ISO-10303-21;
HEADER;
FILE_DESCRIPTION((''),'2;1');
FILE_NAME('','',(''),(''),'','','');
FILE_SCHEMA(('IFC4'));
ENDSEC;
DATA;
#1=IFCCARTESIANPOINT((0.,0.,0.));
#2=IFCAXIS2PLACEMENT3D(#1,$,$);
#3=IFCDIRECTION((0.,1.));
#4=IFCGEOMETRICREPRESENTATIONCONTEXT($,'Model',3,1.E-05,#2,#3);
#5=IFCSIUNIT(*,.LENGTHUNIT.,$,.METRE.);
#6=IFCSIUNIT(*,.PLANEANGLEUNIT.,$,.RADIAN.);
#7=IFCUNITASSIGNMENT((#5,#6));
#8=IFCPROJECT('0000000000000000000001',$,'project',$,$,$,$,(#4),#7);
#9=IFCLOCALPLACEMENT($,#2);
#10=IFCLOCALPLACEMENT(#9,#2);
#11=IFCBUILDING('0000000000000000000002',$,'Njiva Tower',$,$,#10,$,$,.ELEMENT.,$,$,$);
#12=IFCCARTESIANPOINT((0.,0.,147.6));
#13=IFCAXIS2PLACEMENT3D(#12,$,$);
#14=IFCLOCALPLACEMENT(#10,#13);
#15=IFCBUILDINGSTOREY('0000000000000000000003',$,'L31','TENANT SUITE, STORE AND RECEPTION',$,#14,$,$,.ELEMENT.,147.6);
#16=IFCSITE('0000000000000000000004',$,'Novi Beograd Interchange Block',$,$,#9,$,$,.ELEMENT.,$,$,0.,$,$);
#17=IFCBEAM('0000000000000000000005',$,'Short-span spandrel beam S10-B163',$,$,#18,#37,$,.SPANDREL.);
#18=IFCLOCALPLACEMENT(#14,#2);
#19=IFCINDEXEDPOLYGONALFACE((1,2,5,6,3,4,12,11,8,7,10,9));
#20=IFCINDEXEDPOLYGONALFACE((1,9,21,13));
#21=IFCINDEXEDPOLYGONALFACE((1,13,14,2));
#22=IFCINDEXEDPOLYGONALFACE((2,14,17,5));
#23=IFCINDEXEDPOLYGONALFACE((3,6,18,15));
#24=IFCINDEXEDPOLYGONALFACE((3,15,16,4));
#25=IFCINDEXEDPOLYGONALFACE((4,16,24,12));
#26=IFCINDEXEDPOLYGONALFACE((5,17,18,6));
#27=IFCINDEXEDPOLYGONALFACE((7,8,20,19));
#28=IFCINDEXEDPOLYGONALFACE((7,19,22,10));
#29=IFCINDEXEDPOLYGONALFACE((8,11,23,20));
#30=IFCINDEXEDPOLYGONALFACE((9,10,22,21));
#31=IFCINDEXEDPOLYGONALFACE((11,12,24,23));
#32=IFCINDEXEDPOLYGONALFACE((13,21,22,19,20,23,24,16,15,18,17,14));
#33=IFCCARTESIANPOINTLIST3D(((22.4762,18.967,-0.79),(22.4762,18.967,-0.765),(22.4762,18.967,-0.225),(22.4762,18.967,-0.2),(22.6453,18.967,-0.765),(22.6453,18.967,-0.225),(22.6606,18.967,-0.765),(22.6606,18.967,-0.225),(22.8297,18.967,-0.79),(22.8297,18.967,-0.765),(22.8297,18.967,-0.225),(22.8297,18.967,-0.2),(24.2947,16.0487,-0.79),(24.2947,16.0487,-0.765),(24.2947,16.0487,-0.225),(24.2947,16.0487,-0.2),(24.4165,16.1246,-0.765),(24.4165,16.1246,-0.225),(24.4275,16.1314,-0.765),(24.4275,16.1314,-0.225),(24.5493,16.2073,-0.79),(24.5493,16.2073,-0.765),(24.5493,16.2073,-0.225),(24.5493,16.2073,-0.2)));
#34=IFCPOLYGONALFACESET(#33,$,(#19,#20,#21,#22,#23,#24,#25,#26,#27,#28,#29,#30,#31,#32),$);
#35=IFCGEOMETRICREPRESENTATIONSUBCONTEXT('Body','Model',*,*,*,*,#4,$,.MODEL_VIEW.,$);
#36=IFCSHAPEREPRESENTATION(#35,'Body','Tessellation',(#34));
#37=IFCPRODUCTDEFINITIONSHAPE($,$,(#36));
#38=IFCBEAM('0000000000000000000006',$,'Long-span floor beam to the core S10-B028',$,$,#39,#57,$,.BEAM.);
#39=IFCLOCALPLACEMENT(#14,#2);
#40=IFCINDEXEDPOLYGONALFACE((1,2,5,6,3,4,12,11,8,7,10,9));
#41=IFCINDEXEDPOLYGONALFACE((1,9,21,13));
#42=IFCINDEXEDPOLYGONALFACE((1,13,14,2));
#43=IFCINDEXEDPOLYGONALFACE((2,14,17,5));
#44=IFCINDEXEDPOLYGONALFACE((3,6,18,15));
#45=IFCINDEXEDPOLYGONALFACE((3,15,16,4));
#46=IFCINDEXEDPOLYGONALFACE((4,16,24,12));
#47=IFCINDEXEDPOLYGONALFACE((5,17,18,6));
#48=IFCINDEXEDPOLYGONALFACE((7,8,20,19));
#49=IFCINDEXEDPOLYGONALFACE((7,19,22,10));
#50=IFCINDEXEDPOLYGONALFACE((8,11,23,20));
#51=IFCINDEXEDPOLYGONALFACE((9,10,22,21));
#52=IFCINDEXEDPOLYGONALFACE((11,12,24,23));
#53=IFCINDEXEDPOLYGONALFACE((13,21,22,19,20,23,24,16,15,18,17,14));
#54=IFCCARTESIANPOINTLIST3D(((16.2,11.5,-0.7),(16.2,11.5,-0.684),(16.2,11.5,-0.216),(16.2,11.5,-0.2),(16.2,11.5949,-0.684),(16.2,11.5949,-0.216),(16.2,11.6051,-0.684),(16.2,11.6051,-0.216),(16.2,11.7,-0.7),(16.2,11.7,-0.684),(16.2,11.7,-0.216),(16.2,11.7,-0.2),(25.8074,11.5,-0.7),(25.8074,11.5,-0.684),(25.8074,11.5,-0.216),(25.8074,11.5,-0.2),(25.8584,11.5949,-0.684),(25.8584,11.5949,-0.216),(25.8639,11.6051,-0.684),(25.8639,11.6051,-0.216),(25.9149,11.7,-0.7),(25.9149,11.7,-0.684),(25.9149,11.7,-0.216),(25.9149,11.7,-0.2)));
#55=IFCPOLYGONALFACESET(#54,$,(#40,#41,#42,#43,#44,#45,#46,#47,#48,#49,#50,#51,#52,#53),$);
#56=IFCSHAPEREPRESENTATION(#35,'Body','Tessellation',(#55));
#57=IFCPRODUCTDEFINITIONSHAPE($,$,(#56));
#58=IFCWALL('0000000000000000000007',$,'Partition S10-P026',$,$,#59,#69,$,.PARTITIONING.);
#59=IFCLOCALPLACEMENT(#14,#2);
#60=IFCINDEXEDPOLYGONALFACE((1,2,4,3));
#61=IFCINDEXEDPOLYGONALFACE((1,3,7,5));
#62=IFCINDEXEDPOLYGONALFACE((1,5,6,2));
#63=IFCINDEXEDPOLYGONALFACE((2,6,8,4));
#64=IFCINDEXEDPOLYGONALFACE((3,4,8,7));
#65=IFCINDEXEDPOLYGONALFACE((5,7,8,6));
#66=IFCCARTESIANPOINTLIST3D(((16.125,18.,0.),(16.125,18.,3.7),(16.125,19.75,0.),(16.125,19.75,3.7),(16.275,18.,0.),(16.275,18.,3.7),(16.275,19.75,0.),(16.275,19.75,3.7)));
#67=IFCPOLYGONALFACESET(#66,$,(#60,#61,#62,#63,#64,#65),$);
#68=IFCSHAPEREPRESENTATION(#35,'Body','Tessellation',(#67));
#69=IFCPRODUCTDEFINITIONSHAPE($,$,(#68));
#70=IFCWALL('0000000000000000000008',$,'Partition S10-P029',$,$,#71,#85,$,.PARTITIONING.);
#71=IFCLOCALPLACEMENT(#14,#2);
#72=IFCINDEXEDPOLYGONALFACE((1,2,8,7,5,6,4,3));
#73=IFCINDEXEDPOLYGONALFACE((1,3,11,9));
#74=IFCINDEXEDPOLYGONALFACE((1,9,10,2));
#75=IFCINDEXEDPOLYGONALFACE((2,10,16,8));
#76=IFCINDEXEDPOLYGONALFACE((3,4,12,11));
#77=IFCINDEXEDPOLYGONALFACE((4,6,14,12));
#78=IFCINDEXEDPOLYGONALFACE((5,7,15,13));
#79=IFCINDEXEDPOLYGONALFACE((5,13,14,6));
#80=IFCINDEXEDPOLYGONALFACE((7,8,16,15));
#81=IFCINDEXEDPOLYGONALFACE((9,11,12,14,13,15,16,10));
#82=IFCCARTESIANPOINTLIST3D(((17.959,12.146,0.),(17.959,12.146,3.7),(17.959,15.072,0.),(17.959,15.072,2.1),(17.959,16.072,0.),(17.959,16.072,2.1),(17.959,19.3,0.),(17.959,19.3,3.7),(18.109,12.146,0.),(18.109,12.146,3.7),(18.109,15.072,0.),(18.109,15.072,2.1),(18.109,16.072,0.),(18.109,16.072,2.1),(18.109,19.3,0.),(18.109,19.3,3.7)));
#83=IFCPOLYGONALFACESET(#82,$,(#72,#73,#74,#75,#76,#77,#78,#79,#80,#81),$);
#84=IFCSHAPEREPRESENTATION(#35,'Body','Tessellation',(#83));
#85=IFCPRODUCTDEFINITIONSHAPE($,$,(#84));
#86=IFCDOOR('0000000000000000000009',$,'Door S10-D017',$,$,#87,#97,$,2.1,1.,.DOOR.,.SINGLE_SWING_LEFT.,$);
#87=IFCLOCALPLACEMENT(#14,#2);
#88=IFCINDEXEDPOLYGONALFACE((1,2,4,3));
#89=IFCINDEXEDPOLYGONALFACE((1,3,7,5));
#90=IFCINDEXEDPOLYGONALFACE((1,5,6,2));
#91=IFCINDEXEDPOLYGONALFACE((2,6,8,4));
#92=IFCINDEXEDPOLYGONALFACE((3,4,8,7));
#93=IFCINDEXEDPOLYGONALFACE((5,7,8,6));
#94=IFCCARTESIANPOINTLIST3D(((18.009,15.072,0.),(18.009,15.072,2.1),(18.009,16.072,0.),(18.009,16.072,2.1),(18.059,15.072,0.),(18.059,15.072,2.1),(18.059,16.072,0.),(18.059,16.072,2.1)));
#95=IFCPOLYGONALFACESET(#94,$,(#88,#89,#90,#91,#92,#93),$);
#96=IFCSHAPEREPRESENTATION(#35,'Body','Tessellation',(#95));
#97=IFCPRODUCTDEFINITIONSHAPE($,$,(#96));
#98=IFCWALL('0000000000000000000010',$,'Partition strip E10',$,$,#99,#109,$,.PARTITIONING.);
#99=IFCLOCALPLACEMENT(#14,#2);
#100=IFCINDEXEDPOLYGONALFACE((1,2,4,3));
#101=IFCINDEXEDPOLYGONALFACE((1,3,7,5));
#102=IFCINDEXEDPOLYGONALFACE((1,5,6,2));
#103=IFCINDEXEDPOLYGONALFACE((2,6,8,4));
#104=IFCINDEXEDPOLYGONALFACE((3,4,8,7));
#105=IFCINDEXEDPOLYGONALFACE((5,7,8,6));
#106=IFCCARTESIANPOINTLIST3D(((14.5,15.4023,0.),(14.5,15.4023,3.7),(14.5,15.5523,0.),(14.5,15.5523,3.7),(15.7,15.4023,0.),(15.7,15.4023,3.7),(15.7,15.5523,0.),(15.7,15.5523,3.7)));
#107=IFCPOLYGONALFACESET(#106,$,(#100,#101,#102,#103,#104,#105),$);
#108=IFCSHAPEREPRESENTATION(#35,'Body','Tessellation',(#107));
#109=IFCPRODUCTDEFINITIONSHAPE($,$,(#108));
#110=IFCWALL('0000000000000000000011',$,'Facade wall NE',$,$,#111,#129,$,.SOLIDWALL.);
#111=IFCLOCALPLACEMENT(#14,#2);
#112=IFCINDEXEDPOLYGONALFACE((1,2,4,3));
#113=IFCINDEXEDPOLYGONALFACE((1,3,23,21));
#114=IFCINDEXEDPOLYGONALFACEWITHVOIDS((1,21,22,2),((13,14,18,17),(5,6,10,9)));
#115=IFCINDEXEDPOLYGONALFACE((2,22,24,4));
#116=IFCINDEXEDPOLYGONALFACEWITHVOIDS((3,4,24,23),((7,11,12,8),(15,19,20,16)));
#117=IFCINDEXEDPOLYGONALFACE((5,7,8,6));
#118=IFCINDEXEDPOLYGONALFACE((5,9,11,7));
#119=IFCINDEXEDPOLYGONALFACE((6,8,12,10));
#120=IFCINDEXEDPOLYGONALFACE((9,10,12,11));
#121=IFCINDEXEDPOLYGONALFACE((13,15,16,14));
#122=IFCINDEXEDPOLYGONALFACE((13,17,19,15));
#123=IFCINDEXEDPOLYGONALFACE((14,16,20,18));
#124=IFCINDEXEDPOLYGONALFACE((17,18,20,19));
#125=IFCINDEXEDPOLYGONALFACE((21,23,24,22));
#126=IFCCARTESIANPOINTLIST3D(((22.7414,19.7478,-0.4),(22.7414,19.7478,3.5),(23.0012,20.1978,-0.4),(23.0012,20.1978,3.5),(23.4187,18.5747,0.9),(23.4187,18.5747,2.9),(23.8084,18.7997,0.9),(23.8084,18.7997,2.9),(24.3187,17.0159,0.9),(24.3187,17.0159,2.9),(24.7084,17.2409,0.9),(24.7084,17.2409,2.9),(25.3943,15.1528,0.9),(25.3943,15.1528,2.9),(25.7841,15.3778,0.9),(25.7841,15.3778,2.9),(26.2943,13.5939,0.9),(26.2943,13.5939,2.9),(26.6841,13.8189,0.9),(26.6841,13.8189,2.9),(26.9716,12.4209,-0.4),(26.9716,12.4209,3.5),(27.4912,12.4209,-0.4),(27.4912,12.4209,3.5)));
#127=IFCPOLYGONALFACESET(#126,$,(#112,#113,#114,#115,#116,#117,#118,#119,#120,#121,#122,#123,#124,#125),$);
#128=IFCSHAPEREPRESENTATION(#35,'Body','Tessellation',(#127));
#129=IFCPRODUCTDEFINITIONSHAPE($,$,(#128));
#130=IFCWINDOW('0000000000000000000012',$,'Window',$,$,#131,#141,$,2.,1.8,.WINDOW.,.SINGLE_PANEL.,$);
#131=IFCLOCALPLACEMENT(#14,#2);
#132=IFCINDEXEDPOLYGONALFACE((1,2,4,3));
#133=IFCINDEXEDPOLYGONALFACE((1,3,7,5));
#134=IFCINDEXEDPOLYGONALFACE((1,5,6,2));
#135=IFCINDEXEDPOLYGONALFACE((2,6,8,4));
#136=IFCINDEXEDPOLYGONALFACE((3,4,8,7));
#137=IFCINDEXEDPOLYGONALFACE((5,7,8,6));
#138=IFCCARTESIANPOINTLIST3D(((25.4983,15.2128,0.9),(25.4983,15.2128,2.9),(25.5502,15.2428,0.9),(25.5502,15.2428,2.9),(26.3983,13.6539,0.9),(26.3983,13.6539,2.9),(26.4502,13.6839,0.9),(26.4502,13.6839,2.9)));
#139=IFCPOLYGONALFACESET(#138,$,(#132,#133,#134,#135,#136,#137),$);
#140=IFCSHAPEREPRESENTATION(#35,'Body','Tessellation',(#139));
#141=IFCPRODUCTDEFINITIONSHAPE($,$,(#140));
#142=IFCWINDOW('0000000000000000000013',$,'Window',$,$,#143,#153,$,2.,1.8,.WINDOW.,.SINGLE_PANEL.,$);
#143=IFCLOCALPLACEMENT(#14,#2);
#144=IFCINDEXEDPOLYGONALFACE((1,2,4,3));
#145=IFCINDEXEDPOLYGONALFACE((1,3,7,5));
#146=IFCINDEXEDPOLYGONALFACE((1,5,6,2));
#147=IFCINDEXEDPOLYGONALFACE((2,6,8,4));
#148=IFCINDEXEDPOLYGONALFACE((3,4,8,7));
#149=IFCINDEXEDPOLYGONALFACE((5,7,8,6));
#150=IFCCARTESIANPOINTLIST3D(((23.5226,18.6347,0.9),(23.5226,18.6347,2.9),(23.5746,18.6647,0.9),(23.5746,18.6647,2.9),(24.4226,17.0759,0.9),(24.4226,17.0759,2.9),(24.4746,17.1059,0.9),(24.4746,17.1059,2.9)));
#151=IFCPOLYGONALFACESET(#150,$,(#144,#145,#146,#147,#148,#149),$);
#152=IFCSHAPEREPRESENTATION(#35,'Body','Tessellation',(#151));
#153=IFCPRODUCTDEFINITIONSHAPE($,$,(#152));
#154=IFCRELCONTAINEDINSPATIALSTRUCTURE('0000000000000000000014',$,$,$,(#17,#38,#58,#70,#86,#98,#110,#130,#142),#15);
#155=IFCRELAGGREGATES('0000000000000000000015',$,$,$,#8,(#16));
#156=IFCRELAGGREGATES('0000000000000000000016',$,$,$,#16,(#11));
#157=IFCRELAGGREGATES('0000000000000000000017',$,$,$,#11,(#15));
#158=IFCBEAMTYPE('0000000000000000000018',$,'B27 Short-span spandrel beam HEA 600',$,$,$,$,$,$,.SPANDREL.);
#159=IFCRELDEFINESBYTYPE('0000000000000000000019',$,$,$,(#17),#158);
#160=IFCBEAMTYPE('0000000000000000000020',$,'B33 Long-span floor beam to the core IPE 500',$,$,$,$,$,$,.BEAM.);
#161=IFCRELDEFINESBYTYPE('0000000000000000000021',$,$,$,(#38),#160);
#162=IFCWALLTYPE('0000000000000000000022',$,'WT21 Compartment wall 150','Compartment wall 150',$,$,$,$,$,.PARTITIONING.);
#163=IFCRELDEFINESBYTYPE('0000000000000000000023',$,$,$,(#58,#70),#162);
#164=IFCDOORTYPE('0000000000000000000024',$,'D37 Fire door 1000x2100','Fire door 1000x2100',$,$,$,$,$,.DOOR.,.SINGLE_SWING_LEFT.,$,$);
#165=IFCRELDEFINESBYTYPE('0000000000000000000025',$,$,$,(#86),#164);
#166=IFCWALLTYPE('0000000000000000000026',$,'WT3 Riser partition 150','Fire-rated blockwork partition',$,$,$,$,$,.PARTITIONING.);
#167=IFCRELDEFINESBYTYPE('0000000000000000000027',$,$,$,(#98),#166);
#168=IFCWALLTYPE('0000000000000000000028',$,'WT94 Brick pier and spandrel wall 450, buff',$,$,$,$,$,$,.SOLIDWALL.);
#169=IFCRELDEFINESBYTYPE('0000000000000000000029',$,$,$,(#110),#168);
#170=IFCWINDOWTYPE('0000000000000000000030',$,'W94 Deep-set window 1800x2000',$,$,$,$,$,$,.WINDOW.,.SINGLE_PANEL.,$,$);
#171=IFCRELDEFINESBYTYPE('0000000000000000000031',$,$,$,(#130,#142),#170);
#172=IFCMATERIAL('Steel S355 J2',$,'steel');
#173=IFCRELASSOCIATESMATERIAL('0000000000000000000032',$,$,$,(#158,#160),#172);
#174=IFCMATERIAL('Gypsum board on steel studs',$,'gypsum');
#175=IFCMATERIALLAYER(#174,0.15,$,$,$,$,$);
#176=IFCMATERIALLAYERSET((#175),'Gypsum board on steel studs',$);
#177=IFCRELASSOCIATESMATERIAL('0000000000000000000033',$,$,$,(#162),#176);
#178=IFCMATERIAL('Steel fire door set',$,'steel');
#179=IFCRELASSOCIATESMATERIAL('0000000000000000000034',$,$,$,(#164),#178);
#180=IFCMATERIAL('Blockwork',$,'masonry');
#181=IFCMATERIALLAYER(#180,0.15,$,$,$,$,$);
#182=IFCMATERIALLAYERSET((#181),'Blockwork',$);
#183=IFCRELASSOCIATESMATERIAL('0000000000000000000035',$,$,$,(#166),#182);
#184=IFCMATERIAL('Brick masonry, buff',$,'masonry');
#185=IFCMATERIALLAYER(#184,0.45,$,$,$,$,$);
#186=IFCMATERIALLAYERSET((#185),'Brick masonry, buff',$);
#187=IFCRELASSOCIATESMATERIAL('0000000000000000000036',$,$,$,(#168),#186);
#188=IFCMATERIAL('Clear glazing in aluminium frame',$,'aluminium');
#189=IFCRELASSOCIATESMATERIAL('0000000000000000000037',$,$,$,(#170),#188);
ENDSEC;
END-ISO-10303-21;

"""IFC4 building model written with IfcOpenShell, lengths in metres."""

from ifc_helpers import new_model, si_unit, direction, frame, frame_2d, origin, origin_2d, place, context, subcontext, project, spatial, polyline, rectangle, i_section, outline, extrude, clip, halfspace, material, layer, layer_set, material_profile, profile_set, type_object, element, fill, save


model = new_model("IFC4")

# Units and contexts
model_context = context("Model", 3, precision=1e-05, world=origin(), true_north=direction((0.0, 1.0)))
body_context = subcontext(model_context, "Body", "Model", "MODEL_VIEW")
ifc_project = project(units=[si_unit("LENGTHUNIT", "METRE"), si_unit("PLANEANGLEUNIT", "RADIAN")], contexts=[model_context])

# Site, building, storey
site_placement = place(None, origin())
site = spatial("IfcSite", under=ifc_project, at=site_placement, Name="Novi Beograd Interchange Block", CompositionType="ELEMENT", RefElevation=0.0)
building_placement = place(site_placement, origin())
building = spatial("IfcBuilding", under=site, at=building_placement, Name="Njiva Tower", CompositionType="ELEMENT")
storey_placement = place(building_placement, frame((0.0, 0.0, 147.6)))
storey = spatial("IfcBuildingStorey", under=building, at=storey_placement, Name="L31", Description="TENANT SUITE, STORE AND RECEPTION", CompositionType="ELEMENT", Elevation=147.6)

# Shared definitions
ifc_material_1 = material(Name="Steel S355 J2", Category="steel")

# Beams
ifc_material_profile_1 = material_profile(ifc_material_1, i_section(OverallWidth=0.3, OverallDepth=0.59, WebThickness=0.013, FlangeThickness=0.025, at=origin_2d()), Name="HEA 600")
ifc_profile_set_1 = profile_set([ifc_material_profile_1], Name="Steel S355 J2")
beam_type_1 = type_object("IfcBeamType", Name="B27 Short-span spandrel beam HEA 600", PredefinedType="SPANDREL", material=ifc_profile_set_1)
beam_1_placement = place(storey_placement, frame((24.422, 16.128, -0.495), z_axis=(-0.528843, 0.84872, 0.0), x_axis=(-0.84872, -0.528843, 0.0)))
element("IfcBeam", 1, at=beam_1_placement, inside=storey, type_object=beam_type_1, Name="Short-span spandrel beam S10-B163", PredefinedType="SPANDREL", context=body_context, shape_type="Clipping", body=[
    clip(extrude(i_section(OverallWidth=0.3, OverallDepth=0.59, WebThickness=0.013, FlangeThickness=0.025, at=origin_2d()), origin(), (0.0, 0.0, 1.0), 3.458), halfspace(frame((-0.0266, 0.0, 3.3285), z_axis=(-0.528843, 0.0, 0.84872), x_axis=(0.0, 1.0, 0.0)), False)),
])
ifc_material_profile_2 = material_profile(ifc_material_1, i_section(OverallWidth=0.2, OverallDepth=0.5, WebThickness=0.0102, FlangeThickness=0.016, at=origin_2d()), Name="IPE 500")
ifc_profile_set_2 = profile_set([ifc_material_profile_2], Name="Steel S355 J2")
beam_type_2 = type_object("IfcBeamType", Name="B33 Long-span floor beam to the core IPE 500", PredefinedType="BEAM", material=ifc_profile_set_2)
beam_2_placement = place(storey_placement, frame((16.2, 11.6, -0.45), z_axis=(1.0, 0.0, 0.0), x_axis=(0.0, 1.0, 0.0)))
element("IfcBeam", 2, at=beam_2_placement, inside=storey, type_object=beam_type_2, Name="Long-span floor beam to the core S10-B028", PredefinedType="BEAM", context=body_context, shape_type="Clipping", body=[
    clip(extrude(i_section(OverallWidth=0.2, OverallDepth=0.5, WebThickness=0.0102, FlangeThickness=0.016, at=origin_2d()), origin(), (0.0, 0.0, 1.0), 9.735), halfspace(frame((-0.0237, 0.0, 9.6484), z_axis=(-0.473777, 0.0, 0.880645), x_axis=(0.0, 1.0, 0.0)), False)),
])

# Wall
ifc_material_2 = material(Name="Gypsum board on steel studs", Category="gypsum")
ifc_layer_1 = layer(ifc_material_2, 0.15)
ifc_layer_set_1 = layer_set([ifc_layer_1], Name="Gypsum board on steel studs")
wall_type_1 = type_object("IfcWallType", Name="WT21 Compartment wall 150", Description="Compartment wall 150", PredefinedType="PARTITIONING", material=ifc_layer_set_1)
wall_1_placement = place(storey_placement, frame((16.2, 18.0, 0.0), z_axis=(0.0, 0.0, 1.0), x_axis=(0.0, 1.0, 0.0)))
element("IfcWall", 3, at=wall_1_placement, inside=storey, type_object=wall_type_1, Name="Partition S10-P026", PredefinedType="PARTITIONING", context=body_context, shape_type="SweptSolid", body=[
    extrude(rectangle(XDim=1.75, YDim=0.15, at=frame_2d((0.875, 0.0))), origin(), (0.0, 0.0, 1.0), 3.7),
])

# Wall, opening, door
wall_2_placement = place(storey_placement, frame((18.034, 12.146, 0.0), z_axis=(0.0, 0.0, 1.0), x_axis=(0.0, 1.0, 0.0)))
wall_2 = element("IfcWall", 4, at=wall_2_placement, inside=storey, type_object=wall_type_1, Name="Partition S10-P029", PredefinedType="PARTITIONING", context=body_context, shape_type="SweptSolid", body=[
    extrude(rectangle(XDim=7.154, YDim=0.15, at=frame_2d((3.577, 0.0))), origin(), (0.0, 0.0, 1.0), 3.7),
])
opening_1_placement = place(wall_2_placement, frame((2.926, 0.0, 0.0)))
opening_1 = element("IfcOpeningElement", 5, at=opening_1_placement, cuts=wall_2, PredefinedType="OPENING", context=body_context, shape_type="SweptSolid", body=[
    extrude(rectangle(XDim=1.0, YDim=2.1, at=frame_2d((0.5, 1.05))), frame((0.0, 0.085, 0.0), z_axis=(0.0, -1.0, 0.0), x_axis=(1.0, 0.0, 0.0)), (0.0, 0.0, 1.0), 0.17),
])
ifc_material_3 = material(Name="Steel fire door set", Category="steel")
door_type = type_object("IfcDoorType", Name="D37 Fire door 1000x2100", Description="Fire door 1000x2100", OperationType="SINGLE_SWING_LEFT", PredefinedType="DOOR", material=ifc_material_3)
door_placement = place(opening_1_placement, origin())
door = element("IfcDoor", 6, at=door_placement, inside=storey, type_object=door_type, Name="Door S10-D017", OperationType="SINGLE_SWING_LEFT", OverallHeight=2.1, OverallWidth=1.0, PredefinedType="DOOR", context=body_context, shape_type="SweptSolid", body=[
    extrude(rectangle(XDim=1.0, YDim=2.1, at=frame_2d((0.5, 1.05))), frame((0.0, 0.025, 0.0), z_axis=(0.0, -1.0, 0.0), x_axis=(1.0, 0.0, 0.0)), (0.0, 0.0, 1.0), 0.05),
])
fill(opening_1, door)

# Wall
ifc_material_4 = material(Name="Blockwork", Category="masonry")
ifc_layer_2 = layer(ifc_material_4, 0.15)
ifc_layer_set_2 = layer_set([ifc_layer_2], Name="Blockwork")
wall_type_2 = type_object("IfcWallType", Name="WT3 Riser partition 150", Description="Fire-rated blockwork partition", PredefinedType="PARTITIONING", material=ifc_layer_set_2)
wall_3_placement = place(storey_placement, frame((14.5, 15.4773, 0.0), z_axis=(0.0, 0.0, 1.0), x_axis=(1.0, 0.0, 0.0)))
element("IfcWall", 7, at=wall_3_placement, inside=storey, type_object=wall_type_2, Name="Partition strip E10", PredefinedType="PARTITIONING", context=body_context, shape_type="SweptSolid", body=[
    extrude(rectangle(XDim=1.2, YDim=0.15, at=frame_2d((0.6, 0.0))), origin(), (0.0, 0.0, 1.0), 3.7),
])

# Wall, openings, windows
ifc_material_5 = material(Name="Clear glazing in aluminium frame", Category="aluminium")
ifc_material_6 = material(Name="Brick masonry, buff", Category="masonry")
ifc_layer_3 = layer(ifc_material_6, 0.45)
ifc_layer_set_3 = layer_set([ifc_layer_3], Name="Brick masonry, buff")
wall_type_3 = type_object("IfcWallType", Name="WT94 Brick pier and spandrel wall 450, buff", PredefinedType="SOLIDWALL", material=ifc_layer_set_3)
wall_4_placement = place(storey_placement, frame((27.2314, 12.4209, -0.4), z_axis=(0.0, 0.0, 1.0), x_axis=(-0.500001, 0.866025, 0.0)))
wall_4 = element("IfcWall", 8, at=wall_4_placement, inside=storey, type_object=wall_type_3, Name="Facade wall NE", PredefinedType="SOLIDWALL", context=body_context, shape_type="SweptSolid", body=[
    extrude(outline(polyline([(-0.1299, -0.225), (8.8501, -0.225), (8.5903, 0.225), (0.1299, 0.225), (-0.1299, -0.225)])), origin(), (0.0, 0.0, 1.0), 3.9),
])
opening_2_placement = place(wall_4_placement, frame((1.4844, 0.0, 1.3)))
opening_2 = element("IfcOpeningElement", 9, at=opening_2_placement, cuts=wall_4, PredefinedType="OPENING", context=body_context, shape_type="SweptSolid", body=[
    extrude(rectangle(XDim=1.8, YDim=2.0, at=frame_2d((0.9, 1.0))), frame((0.0, 0.235, 0.0), z_axis=(0.0, -1.0, 0.0), x_axis=(1.0, 0.0, 0.0)), (0.0, 0.0, 1.0), 0.47),
])
opening_3_placement = place(wall_4_placement, frame((5.4357, 0.0, 1.3)))
opening_3 = element("IfcOpeningElement", 10, at=opening_3_placement, cuts=wall_4, PredefinedType="OPENING", context=body_context, shape_type="SweptSolid", body=[
    extrude(rectangle(XDim=1.8, YDim=2.0, at=frame_2d((0.9, 1.0))), frame((0.0, 0.235, 0.0), z_axis=(0.0, -1.0, 0.0), x_axis=(1.0, 0.0, 0.0)), (0.0, 0.0, 1.0), 0.47),
])
window_type_1 = type_object("IfcWindowType", Name="W94 Deep-set window 1800x2000", PartitioningType="SINGLE_PANEL", PredefinedType="WINDOW", material=ifc_material_5)
window_1_placement = place(opening_2_placement, origin())
window_1 = element("IfcWindow", 11, at=window_1_placement, inside=storey, type_object=window_type_1, Name="Window", OverallHeight=2.0, OverallWidth=1.8, PartitioningType="SINGLE_PANEL", PredefinedType="WINDOW", context=body_context, shape_type="SweptSolid", body=[
    extrude(rectangle(XDim=1.8, YDim=2.0, at=frame_2d((0.9, 1.0))), frame((0.0, 0.105, 0.0), z_axis=(0.0, -1.0, 0.0), x_axis=(1.0, 0.0, 0.0)), (0.0, 0.0, 1.0), 0.06),
])
fill(opening_2, window_1)
window_2_placement = place(opening_3_placement, origin())
window_2 = element("IfcWindow", 12, at=window_2_placement, inside=storey, type_object=window_type_1, Name="Window", OverallHeight=2.0, OverallWidth=1.8, PartitioningType="SINGLE_PANEL", PredefinedType="WINDOW", context=body_context, shape_type="SweptSolid", body=[
    extrude(rectangle(XDim=1.8, YDim=2.0, at=frame_2d((0.9, 1.0))), frame((0.0, 0.105, 0.0), z_axis=(0.0, -1.0, 0.0), x_axis=(1.0, 0.0, 0.0)), (0.0, 0.0, 1.0), 0.06),
])
fill(opening_3, window_2)

save(model, "model.ifc")
